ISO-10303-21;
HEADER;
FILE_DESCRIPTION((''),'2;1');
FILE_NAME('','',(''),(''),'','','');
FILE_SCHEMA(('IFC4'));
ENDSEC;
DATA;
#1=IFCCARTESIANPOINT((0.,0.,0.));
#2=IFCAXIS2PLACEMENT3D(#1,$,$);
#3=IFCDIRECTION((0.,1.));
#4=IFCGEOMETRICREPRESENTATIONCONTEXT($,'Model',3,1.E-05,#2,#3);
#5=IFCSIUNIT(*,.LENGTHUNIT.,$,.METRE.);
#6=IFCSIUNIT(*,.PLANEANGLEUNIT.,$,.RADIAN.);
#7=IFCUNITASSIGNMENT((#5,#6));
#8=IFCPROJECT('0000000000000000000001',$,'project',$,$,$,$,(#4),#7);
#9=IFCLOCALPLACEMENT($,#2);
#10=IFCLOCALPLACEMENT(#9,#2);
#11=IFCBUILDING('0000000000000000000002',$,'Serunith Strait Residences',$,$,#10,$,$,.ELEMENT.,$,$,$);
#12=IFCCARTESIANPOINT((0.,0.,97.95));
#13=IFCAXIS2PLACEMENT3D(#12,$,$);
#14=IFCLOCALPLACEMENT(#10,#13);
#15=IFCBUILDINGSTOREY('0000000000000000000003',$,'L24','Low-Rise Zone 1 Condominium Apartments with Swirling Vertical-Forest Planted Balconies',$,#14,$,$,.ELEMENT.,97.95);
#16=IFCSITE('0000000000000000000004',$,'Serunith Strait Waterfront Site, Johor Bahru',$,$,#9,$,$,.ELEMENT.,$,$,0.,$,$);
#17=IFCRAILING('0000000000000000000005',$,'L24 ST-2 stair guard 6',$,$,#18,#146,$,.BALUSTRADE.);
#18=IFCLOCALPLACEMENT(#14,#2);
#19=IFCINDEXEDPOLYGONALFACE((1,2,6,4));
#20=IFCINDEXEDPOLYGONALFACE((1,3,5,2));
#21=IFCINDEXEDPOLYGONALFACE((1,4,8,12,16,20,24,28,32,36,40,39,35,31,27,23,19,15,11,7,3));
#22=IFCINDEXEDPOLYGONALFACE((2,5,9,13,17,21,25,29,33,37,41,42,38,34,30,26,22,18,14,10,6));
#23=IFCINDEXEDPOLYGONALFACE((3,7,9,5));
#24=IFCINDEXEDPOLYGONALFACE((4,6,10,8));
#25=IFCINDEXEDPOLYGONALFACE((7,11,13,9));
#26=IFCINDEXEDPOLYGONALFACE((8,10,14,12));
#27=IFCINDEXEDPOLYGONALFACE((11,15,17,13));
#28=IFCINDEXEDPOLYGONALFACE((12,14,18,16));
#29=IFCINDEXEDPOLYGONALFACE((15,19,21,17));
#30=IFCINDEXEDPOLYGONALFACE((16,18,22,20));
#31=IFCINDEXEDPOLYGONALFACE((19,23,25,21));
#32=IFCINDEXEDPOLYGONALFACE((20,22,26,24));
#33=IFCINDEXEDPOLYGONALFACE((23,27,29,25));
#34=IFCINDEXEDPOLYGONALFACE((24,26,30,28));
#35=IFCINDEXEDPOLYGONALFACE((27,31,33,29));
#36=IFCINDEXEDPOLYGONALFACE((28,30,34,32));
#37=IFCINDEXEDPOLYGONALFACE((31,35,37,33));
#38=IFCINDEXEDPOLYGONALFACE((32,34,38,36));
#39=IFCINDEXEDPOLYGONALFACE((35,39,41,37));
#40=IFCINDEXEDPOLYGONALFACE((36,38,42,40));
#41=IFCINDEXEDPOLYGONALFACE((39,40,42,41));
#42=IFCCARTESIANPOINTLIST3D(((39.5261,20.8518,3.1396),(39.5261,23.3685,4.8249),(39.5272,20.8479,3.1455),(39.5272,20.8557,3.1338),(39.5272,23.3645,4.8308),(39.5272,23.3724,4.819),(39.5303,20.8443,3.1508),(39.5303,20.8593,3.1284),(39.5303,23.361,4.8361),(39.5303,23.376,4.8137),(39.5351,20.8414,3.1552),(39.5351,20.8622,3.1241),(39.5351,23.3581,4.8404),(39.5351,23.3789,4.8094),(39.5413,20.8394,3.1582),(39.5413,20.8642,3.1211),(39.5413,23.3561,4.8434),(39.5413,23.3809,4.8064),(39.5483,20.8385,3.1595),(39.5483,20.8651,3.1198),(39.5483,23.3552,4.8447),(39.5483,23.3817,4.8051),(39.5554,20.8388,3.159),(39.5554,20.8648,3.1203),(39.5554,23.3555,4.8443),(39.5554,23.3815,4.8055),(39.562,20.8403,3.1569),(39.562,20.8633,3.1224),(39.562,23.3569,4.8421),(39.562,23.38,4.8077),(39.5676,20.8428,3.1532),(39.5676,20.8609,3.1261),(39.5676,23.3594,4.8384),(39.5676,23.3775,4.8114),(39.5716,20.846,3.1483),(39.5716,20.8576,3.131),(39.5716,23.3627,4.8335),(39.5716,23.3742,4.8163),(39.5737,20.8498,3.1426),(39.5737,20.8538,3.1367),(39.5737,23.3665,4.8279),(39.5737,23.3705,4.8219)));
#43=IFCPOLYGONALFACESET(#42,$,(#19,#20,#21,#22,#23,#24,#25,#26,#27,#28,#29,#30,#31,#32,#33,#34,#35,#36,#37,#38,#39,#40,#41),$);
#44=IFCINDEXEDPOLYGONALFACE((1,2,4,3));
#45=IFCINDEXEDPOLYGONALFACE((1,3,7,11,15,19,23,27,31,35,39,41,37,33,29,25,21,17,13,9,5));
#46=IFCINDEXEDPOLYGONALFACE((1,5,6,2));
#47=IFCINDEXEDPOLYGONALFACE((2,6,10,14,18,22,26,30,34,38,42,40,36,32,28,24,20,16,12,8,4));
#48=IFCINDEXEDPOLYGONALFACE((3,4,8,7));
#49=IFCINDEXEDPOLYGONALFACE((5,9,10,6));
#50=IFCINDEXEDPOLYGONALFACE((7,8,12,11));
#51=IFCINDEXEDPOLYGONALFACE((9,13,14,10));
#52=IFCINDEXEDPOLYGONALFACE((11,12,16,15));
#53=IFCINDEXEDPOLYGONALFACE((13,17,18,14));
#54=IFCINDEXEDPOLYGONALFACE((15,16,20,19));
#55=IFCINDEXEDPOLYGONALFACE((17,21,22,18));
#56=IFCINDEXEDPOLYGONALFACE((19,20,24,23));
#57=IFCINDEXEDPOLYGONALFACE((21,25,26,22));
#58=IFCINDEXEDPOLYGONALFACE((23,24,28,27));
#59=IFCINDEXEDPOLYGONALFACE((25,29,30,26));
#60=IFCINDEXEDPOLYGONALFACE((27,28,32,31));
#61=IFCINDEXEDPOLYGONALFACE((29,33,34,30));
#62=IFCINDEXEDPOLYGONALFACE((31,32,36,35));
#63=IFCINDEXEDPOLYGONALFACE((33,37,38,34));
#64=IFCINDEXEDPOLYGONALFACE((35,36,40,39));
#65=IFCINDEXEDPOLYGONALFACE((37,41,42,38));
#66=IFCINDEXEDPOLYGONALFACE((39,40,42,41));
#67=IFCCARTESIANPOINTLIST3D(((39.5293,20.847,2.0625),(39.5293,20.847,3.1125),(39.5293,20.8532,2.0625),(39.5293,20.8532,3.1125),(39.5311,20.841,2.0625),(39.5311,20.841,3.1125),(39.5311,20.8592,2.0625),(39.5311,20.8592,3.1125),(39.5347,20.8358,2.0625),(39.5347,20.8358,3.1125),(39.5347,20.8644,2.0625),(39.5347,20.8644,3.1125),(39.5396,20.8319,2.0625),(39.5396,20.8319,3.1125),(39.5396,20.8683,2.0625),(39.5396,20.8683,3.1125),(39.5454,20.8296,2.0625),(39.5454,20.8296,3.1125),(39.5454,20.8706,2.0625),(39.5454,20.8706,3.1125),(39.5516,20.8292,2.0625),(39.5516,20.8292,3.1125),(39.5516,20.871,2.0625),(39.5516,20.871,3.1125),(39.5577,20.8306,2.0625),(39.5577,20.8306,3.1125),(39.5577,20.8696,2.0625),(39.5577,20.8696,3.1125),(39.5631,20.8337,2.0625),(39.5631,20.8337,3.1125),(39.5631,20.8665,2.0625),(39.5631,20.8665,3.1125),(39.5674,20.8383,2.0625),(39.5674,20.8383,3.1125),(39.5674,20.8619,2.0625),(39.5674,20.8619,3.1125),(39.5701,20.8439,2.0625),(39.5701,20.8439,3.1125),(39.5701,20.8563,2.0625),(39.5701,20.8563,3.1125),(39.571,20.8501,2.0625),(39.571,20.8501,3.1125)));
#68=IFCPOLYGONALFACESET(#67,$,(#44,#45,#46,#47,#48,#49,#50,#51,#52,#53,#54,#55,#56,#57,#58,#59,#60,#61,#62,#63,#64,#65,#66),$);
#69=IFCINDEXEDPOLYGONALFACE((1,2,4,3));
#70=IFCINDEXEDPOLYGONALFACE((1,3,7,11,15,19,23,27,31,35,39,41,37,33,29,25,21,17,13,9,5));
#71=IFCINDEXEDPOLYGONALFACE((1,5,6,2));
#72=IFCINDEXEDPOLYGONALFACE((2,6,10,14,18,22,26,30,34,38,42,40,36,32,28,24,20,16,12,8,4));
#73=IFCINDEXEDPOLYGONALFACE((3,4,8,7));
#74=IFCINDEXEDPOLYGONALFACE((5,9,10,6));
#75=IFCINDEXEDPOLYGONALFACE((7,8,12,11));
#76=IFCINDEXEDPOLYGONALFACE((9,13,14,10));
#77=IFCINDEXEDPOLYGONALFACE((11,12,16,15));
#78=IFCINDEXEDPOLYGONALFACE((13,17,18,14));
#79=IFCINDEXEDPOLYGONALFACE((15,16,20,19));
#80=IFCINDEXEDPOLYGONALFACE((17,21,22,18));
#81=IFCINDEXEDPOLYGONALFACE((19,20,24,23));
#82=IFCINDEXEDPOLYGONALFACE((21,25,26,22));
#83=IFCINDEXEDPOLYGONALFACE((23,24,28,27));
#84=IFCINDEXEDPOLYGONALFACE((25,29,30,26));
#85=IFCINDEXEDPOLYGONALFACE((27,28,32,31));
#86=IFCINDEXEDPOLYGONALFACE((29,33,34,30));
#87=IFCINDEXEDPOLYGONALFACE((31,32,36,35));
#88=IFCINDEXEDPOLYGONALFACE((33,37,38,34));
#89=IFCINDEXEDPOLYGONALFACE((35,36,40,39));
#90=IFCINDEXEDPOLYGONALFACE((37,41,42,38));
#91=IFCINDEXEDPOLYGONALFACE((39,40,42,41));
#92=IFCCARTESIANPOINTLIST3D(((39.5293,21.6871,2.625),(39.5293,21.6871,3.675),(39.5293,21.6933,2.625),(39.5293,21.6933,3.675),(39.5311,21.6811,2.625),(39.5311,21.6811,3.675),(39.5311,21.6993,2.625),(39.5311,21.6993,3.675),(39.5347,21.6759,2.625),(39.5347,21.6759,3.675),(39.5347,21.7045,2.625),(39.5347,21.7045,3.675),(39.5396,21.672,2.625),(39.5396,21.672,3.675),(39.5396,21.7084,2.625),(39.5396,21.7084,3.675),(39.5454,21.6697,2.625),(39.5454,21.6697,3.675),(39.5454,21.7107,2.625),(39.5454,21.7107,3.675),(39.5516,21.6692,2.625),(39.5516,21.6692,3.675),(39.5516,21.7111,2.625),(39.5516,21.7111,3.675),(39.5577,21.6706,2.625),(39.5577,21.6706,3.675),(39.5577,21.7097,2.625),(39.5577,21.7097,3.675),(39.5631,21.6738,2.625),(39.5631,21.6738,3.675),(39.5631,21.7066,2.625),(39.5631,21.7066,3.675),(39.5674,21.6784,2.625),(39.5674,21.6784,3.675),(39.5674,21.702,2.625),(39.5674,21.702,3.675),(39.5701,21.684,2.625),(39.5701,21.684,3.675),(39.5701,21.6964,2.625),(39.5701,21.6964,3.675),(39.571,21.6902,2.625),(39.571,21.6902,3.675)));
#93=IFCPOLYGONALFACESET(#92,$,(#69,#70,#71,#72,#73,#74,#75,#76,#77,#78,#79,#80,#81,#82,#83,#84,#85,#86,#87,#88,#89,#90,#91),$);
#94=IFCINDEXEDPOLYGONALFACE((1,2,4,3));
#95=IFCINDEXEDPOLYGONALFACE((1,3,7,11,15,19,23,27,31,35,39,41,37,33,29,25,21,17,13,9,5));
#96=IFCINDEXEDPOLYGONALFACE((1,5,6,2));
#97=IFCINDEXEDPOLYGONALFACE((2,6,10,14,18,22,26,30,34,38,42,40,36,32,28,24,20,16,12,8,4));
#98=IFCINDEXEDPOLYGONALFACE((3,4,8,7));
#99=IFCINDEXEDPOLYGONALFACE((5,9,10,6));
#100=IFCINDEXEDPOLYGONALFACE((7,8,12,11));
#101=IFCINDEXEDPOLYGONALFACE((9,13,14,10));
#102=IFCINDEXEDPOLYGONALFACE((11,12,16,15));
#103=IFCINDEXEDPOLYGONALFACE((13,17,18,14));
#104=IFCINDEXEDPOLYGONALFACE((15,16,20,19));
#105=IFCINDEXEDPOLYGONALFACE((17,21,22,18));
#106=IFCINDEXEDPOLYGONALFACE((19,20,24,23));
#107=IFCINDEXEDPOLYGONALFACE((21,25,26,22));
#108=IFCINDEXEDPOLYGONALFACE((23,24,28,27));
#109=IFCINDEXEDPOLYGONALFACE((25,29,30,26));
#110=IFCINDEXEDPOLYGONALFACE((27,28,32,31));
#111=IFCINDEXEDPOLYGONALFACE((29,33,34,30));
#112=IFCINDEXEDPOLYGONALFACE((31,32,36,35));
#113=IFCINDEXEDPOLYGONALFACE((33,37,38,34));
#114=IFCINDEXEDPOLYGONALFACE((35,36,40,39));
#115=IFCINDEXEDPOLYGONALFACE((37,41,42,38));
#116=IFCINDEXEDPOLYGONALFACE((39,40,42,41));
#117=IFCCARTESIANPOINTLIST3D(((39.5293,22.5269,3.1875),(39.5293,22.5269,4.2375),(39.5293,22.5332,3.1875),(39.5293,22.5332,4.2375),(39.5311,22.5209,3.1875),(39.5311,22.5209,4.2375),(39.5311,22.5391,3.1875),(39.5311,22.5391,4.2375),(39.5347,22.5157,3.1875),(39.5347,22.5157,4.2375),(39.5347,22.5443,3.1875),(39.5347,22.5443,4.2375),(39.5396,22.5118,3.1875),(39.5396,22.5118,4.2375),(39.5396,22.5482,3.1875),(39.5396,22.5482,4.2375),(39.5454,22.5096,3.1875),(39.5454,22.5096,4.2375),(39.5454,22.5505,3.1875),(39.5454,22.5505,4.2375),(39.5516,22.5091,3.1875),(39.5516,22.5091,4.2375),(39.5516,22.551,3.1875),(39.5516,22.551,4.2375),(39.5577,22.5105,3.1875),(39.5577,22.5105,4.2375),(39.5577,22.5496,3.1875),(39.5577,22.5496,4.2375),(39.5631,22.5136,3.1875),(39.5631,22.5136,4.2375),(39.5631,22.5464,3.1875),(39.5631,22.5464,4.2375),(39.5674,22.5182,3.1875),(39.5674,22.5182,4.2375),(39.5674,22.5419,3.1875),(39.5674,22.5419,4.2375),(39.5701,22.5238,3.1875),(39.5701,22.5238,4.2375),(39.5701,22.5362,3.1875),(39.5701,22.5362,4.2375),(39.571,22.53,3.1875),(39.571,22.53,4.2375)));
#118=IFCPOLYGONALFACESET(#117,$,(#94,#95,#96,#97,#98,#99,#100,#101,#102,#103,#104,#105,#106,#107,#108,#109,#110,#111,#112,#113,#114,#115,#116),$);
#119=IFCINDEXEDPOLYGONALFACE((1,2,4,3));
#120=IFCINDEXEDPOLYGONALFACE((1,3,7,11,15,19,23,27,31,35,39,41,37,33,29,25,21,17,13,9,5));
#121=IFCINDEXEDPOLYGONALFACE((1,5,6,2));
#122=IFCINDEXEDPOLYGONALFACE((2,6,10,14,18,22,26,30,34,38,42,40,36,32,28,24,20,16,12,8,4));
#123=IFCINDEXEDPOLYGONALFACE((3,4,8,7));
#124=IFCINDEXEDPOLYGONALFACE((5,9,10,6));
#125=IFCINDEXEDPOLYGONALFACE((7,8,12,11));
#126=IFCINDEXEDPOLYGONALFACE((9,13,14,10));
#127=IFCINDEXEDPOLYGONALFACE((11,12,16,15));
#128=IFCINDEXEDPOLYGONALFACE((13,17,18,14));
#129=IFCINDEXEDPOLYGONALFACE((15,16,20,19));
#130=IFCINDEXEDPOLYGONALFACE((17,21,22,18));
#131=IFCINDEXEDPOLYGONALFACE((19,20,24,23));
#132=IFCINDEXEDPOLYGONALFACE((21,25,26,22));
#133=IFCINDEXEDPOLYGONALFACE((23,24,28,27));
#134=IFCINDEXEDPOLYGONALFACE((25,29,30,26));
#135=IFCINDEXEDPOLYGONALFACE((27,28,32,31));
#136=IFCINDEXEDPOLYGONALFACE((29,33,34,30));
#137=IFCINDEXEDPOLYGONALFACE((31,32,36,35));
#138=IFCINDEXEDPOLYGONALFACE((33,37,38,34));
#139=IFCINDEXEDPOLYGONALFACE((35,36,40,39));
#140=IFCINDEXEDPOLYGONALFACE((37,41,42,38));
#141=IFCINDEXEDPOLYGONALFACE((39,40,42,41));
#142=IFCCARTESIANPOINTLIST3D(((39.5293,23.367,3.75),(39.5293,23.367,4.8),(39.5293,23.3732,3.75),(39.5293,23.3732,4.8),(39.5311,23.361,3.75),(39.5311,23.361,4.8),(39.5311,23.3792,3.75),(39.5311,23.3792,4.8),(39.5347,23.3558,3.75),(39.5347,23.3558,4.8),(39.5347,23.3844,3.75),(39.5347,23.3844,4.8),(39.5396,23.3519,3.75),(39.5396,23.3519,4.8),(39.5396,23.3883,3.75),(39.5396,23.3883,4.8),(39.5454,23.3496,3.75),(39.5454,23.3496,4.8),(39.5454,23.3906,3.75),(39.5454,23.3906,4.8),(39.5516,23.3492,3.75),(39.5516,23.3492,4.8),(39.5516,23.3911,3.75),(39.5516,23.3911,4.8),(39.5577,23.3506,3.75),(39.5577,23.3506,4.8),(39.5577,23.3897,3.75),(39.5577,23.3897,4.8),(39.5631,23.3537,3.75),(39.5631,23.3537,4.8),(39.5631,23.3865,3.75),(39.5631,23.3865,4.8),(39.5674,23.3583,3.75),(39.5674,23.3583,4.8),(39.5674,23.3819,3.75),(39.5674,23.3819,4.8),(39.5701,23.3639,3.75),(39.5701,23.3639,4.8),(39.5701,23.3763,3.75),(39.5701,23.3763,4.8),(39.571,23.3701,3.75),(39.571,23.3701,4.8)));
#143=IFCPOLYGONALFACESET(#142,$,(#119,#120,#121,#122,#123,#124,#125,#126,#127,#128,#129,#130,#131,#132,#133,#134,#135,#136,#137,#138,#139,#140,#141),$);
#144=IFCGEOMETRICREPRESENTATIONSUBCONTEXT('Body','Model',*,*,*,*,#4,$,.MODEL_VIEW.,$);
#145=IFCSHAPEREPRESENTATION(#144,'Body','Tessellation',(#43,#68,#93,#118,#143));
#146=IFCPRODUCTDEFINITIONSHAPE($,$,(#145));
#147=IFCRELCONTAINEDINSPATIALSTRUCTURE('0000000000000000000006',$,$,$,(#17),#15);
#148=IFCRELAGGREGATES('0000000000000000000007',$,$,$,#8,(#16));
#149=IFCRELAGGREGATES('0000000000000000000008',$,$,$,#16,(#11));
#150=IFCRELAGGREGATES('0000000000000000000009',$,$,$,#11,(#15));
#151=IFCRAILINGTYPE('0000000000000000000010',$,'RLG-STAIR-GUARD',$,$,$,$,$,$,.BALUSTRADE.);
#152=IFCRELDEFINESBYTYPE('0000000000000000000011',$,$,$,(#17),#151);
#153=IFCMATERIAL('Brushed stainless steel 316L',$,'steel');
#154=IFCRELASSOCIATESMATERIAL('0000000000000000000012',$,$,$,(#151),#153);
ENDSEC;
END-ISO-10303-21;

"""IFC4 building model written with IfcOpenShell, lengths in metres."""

from ifc_helpers import new_model, si_unit, direction, frame, origin, origin_2d, place, context, subcontext, project, spatial, circle, extrude, material, type_object, element, save


model = new_model("IFC4")

# Units and contexts
model_context = context("Model", 3, precision=1e-05, world=origin(), true_north=direction((0.0, 1.0)))
body_context = subcontext(model_context, "Body", "Model", "MODEL_VIEW")
ifc_project = project(units=[si_unit("LENGTHUNIT", "METRE"), si_unit("PLANEANGLEUNIT", "RADIAN")], contexts=[model_context])

# Site, building, storey
site_placement = place(None, origin())
site = spatial("IfcSite", under=ifc_project, at=site_placement, Name="Serunith Strait Waterfront Site, Johor Bahru", CompositionType="ELEMENT", RefElevation=0.0)
building_placement = place(site_placement, origin())
building = spatial("IfcBuilding", under=site, at=building_placement, Name="Serunith Strait Residences", CompositionType="ELEMENT")
storey_placement = place(building_placement, frame((0.0, 0.0, 97.95)))
storey = spatial("IfcBuildingStorey", under=building, at=storey_placement, Name="L24", Description="Low-Rise Zone 1 Condominium Apartments with Swirling Vertical-Forest Planted Balconies", CompositionType="ELEMENT", Elevation=97.95)

# Railing
ifc_material_1 = material(Name="Brushed stainless steel 316L", Category="steel")
railing_type_1 = type_object("IfcRailingType", Name="RLG-STAIR-GUARD", PredefinedType="BALUSTRADE", material=ifc_material_1)
railing_1_placement = place(storey_placement, frame((39.55, 20.8501, 2.0625)))
element("IfcRailing", 1, at=railing_1_placement, inside=storey, type_object=railing_type_1, Name="L24 ST-2 stair guard 6", PredefinedType="BALUSTRADE", context=body_context, shape_type="SweptSolid", body=[
    extrude(circle(Radius=0.0239, at=origin_2d()), frame((0.0, 0.0017, 1.0771), z_axis=(0.0, 0.830909, 0.556408), x_axis=(-1.0, 0.0, 0.0)), (0.0, 0.0, 1.0), 3.0288),
    extrude(circle(Radius=0.021, at=origin_2d()), origin(), (0.0, 0.0, 1.0), 1.05),
    extrude(circle(Radius=0.021, at=origin_2d()), frame((0.0, 0.8401, 0.5625)), (0.0, 0.0, 1.0), 1.05),
    extrude(circle(Radius=0.021, at=origin_2d()), frame((0.0, 1.6799, 1.125)), (0.0, 0.0, 1.0), 1.05),
    extrude(circle(Radius=0.021, at=origin_2d()), frame((0.0, 2.52, 1.6875)), (0.0, 0.0, 1.0), 1.05),
])

save(model, "model.ifc")
